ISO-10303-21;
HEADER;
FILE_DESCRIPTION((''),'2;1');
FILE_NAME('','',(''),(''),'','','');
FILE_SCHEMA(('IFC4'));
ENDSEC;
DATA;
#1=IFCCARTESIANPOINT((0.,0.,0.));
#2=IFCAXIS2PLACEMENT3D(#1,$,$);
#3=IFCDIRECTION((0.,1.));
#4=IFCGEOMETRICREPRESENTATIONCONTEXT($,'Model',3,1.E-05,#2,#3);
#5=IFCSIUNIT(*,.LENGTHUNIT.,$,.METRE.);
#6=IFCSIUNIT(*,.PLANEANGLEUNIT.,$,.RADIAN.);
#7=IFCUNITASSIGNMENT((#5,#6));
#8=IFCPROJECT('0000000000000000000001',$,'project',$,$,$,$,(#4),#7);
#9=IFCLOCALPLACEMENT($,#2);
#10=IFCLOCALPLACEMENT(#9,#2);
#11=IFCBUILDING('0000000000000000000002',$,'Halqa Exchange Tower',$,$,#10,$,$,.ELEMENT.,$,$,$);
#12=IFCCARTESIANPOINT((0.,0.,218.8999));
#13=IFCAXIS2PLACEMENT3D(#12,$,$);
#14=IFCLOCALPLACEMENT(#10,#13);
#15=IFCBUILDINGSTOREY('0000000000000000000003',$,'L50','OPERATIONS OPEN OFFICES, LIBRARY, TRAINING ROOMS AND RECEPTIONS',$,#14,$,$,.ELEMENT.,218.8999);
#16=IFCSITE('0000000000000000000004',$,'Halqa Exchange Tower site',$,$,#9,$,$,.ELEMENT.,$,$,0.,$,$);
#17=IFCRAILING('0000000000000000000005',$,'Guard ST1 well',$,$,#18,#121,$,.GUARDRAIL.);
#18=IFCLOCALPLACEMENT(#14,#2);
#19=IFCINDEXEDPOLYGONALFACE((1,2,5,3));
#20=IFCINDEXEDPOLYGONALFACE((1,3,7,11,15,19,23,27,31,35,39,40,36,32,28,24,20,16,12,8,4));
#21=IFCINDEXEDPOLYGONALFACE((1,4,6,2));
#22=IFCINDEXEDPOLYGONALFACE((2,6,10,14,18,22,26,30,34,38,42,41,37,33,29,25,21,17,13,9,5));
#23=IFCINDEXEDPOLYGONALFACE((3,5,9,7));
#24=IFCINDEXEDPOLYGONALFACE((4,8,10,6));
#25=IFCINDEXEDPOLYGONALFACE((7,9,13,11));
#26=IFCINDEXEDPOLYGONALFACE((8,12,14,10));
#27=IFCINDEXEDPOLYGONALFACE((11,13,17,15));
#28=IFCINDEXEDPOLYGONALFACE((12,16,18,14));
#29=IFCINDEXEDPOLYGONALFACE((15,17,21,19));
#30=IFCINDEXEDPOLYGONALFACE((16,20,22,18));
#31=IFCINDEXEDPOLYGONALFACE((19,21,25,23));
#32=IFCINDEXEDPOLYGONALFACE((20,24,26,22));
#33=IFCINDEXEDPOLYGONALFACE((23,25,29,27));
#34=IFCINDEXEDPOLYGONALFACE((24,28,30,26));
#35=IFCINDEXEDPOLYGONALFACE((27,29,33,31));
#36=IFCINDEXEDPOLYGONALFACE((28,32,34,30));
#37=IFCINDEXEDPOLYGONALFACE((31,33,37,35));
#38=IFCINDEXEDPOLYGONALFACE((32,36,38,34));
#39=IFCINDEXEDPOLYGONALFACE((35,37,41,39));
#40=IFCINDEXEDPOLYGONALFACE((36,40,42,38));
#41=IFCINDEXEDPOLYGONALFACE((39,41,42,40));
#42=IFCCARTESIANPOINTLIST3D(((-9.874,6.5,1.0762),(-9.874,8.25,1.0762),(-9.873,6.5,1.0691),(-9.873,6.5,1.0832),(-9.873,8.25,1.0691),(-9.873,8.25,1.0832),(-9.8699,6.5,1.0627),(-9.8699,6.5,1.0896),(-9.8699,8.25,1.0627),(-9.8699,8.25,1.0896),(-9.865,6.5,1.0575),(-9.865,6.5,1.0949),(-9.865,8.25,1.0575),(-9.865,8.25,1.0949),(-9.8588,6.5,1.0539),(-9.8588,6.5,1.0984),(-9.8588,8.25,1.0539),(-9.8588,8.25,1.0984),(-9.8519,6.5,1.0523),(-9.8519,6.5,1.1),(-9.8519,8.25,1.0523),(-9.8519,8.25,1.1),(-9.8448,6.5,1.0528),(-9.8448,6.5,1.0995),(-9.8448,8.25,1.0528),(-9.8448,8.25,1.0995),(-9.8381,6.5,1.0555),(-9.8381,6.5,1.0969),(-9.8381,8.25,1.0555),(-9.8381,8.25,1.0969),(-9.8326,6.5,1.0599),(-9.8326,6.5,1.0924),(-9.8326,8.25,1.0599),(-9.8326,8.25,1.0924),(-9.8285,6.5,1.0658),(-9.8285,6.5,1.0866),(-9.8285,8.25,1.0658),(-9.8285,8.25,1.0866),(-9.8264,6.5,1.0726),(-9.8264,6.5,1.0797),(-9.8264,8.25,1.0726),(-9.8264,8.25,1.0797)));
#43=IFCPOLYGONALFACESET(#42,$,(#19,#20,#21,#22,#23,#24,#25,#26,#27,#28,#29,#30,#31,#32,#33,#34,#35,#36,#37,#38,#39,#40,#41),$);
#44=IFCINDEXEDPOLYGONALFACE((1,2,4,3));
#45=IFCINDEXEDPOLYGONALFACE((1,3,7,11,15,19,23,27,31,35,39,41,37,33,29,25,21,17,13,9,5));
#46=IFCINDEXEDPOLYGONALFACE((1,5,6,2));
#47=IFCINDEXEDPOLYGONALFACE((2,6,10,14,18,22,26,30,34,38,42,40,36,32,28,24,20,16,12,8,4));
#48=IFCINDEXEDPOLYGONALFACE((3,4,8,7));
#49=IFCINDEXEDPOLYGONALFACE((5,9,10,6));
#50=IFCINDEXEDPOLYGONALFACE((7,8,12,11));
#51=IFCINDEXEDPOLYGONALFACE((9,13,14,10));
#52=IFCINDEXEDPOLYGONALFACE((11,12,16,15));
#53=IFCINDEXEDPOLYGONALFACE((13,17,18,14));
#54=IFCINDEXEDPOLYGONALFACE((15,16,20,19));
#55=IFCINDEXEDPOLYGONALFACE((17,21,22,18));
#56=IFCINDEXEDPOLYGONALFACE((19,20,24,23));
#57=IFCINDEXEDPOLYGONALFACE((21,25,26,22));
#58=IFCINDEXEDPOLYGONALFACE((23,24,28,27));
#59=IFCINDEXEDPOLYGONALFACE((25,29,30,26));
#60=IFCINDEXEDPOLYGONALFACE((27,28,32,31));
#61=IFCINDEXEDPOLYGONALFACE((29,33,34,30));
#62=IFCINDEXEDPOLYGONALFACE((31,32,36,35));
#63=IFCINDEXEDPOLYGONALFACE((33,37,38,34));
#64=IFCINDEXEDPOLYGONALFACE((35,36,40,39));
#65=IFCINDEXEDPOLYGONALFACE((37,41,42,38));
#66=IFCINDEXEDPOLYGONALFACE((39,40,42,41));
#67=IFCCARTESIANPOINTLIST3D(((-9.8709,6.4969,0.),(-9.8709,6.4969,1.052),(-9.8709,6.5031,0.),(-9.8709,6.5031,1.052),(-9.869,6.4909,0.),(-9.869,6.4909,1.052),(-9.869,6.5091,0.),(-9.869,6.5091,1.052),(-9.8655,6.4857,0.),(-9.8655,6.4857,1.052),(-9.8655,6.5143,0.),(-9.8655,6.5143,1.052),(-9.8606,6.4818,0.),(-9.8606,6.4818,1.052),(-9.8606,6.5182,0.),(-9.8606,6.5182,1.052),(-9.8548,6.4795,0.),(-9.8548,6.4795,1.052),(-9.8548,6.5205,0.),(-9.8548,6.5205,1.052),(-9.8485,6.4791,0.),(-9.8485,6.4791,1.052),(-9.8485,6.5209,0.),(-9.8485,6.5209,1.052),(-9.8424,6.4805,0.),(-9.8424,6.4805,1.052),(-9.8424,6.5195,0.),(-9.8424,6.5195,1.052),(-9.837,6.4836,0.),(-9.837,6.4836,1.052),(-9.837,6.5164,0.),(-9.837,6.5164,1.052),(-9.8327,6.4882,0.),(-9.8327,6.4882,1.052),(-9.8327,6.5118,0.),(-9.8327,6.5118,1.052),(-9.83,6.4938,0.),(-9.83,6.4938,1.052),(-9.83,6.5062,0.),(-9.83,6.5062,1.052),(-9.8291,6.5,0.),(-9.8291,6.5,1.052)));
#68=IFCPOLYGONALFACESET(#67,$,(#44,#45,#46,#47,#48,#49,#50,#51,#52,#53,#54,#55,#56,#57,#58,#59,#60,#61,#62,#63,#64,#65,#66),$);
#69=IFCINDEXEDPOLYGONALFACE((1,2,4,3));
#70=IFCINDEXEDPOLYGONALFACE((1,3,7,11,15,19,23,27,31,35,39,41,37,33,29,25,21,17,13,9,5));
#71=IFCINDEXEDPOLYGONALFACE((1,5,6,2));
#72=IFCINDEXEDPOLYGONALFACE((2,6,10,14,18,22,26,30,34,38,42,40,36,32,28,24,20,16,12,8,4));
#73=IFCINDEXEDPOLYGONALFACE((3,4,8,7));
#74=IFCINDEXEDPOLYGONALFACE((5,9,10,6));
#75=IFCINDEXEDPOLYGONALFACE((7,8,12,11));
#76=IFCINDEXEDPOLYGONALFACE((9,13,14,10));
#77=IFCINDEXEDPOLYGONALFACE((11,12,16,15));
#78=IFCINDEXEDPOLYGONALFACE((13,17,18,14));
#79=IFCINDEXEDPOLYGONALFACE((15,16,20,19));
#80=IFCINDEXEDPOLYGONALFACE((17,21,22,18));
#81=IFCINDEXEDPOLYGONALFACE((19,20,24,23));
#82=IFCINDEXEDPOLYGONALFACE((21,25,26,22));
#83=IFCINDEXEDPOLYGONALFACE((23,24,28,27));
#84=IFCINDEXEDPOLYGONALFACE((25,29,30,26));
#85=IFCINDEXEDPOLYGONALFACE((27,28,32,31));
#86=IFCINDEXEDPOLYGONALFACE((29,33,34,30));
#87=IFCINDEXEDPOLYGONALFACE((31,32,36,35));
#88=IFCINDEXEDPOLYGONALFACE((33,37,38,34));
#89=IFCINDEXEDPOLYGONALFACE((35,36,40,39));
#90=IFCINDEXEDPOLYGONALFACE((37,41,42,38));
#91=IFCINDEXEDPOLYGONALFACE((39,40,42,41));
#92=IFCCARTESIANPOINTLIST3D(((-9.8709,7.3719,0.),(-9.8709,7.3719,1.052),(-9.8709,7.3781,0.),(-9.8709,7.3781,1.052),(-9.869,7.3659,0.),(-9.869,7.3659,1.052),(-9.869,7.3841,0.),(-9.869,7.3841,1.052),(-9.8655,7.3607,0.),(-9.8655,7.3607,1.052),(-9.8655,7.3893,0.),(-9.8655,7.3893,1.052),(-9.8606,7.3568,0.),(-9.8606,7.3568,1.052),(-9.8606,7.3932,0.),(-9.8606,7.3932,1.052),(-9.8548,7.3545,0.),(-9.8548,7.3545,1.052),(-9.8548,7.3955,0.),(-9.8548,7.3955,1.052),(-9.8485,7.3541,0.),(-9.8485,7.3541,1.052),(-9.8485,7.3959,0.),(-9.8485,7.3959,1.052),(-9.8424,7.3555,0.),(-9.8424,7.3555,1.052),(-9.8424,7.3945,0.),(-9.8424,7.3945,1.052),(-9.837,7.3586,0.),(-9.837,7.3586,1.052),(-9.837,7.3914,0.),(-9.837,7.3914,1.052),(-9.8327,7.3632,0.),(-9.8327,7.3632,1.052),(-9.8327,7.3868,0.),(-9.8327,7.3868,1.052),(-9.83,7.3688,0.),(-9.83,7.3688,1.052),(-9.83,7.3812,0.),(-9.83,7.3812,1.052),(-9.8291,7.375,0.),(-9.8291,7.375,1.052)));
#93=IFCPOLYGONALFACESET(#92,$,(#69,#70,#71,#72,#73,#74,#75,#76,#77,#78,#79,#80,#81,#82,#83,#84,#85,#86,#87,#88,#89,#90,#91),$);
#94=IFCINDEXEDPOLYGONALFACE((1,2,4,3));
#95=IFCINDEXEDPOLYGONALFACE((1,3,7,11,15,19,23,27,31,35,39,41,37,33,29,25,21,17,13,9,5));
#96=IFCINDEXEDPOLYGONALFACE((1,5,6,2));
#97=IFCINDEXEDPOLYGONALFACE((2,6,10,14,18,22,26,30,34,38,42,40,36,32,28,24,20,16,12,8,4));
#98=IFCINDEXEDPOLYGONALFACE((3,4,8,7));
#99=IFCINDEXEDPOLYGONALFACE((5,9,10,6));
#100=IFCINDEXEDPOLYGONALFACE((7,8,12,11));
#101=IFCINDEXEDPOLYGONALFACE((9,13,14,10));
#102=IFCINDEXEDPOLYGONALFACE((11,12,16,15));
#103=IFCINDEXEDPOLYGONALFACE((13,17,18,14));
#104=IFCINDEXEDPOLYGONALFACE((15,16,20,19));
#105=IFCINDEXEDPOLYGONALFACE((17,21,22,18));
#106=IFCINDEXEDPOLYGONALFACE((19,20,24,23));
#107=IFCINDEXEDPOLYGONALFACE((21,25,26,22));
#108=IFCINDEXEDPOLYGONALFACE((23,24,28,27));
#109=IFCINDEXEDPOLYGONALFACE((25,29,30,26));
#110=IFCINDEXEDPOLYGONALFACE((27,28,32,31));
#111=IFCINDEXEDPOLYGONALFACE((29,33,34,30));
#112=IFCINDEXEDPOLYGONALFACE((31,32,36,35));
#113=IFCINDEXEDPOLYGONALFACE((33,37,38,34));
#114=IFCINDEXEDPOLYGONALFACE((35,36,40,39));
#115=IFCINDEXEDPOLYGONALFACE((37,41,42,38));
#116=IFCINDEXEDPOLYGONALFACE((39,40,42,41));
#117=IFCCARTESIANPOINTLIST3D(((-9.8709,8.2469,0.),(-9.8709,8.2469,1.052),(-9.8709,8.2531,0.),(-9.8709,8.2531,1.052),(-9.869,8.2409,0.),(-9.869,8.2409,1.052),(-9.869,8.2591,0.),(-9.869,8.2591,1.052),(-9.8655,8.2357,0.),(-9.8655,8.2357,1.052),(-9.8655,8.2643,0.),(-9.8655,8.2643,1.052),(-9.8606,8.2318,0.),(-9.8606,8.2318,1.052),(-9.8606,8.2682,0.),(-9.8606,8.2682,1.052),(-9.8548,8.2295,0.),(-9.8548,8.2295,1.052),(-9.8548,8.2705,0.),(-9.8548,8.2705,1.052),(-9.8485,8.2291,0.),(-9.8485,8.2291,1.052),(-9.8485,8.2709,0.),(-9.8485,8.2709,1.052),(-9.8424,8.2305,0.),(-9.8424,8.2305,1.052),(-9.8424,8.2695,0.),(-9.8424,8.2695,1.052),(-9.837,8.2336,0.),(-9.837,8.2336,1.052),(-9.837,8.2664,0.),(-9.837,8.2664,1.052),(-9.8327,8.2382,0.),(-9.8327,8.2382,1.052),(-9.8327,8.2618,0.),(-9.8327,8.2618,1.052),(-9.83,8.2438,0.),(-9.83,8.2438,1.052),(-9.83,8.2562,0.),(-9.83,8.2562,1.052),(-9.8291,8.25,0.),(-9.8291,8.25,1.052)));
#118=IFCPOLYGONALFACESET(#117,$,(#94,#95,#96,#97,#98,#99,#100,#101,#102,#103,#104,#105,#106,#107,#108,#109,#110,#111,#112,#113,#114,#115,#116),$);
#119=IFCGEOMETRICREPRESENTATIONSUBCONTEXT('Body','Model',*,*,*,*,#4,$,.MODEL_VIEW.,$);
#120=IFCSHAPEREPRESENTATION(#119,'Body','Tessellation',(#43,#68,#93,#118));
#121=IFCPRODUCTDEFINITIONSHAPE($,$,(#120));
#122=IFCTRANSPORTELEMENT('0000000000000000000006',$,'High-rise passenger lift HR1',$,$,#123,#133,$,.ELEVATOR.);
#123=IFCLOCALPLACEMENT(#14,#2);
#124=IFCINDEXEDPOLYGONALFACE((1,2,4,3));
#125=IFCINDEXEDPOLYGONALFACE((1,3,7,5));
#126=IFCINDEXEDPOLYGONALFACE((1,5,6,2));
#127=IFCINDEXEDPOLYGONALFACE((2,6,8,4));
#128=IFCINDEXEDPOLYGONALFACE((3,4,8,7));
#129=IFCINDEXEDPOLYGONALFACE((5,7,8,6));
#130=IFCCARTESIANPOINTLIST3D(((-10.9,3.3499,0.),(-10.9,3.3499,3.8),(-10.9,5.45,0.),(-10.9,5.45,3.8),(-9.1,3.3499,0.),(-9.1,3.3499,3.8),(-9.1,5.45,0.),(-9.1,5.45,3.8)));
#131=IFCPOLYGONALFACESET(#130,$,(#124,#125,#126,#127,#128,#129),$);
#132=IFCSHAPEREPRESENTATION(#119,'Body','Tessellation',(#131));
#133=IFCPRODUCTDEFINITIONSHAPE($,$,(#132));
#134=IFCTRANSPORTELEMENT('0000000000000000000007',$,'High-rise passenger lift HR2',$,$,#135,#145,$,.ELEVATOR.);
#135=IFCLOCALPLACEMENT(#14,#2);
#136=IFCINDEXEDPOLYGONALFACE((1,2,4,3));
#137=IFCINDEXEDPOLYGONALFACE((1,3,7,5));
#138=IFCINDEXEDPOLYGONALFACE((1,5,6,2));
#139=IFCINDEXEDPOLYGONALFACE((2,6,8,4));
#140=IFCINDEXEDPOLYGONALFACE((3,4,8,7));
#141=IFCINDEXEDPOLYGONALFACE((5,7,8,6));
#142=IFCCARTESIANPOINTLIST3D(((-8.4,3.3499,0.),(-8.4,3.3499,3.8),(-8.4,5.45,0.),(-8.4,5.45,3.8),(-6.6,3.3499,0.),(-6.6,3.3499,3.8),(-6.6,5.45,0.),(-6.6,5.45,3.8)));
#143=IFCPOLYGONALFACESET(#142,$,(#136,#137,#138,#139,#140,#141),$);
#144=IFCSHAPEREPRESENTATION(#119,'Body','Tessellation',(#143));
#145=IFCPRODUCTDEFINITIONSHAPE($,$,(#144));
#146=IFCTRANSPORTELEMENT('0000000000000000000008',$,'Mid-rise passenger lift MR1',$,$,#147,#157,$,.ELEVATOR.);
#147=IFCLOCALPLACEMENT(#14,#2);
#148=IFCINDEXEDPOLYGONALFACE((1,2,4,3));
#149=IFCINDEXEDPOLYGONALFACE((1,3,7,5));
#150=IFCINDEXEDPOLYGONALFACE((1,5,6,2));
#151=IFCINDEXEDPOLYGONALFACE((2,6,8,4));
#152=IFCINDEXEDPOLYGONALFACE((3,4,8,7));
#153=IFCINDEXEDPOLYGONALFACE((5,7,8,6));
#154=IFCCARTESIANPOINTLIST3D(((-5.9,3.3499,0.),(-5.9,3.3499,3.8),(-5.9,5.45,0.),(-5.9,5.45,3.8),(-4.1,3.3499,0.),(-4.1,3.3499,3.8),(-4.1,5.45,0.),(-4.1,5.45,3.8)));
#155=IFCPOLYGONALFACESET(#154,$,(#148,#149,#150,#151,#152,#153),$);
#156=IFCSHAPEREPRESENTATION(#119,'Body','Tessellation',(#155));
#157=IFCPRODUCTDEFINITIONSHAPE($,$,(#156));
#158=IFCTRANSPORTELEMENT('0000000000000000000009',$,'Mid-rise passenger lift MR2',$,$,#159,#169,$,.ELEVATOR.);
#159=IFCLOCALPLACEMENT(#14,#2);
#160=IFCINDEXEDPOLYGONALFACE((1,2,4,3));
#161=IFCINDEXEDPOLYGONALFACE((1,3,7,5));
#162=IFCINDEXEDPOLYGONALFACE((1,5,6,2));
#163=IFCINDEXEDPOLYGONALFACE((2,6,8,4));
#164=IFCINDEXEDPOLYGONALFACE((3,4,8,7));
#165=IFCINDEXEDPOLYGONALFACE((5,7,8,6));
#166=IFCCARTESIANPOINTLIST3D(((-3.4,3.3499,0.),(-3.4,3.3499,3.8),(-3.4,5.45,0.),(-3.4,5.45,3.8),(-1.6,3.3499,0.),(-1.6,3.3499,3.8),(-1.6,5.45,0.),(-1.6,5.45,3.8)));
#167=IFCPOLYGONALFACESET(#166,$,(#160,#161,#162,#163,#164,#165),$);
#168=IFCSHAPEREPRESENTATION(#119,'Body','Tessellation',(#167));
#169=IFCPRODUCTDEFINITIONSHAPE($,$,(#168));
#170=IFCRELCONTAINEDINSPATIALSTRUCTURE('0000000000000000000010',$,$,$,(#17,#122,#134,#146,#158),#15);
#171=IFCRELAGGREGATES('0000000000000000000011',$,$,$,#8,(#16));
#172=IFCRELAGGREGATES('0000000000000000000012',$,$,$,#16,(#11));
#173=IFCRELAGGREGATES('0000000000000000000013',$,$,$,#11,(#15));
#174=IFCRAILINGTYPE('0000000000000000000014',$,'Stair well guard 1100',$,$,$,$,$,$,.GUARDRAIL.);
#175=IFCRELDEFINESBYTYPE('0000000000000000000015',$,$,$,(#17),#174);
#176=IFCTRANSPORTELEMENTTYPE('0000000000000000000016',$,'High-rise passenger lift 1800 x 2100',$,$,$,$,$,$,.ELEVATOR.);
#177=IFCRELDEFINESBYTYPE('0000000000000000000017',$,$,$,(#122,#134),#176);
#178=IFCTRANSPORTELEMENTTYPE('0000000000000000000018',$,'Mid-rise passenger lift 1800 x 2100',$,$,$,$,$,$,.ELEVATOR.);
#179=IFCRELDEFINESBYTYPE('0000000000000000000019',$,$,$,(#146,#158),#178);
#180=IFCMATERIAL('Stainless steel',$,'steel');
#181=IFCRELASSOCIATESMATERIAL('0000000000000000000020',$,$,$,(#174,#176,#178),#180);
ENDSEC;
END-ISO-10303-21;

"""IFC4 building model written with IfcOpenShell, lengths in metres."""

from ifc_helpers import new_model, si_unit, direction, frame, origin, origin_2d, place, context, subcontext, project, spatial, rectangle, circle, extrude, material, type_object, element, save


model = new_model("IFC4")

# Units and contexts
model_context = context("Model", 3, precision=1e-05, world=origin(), true_north=direction((0.0, 1.0)))
body_context = subcontext(model_context, "Body", "Model", "MODEL_VIEW")
ifc_project = project(units=[si_unit("LENGTHUNIT", "METRE"), si_unit("PLANEANGLEUNIT", "RADIAN")], contexts=[model_context])

# Site, building, storey
site_placement = place(None, origin())
site = spatial("IfcSite", under=ifc_project, at=site_placement, Name="Halqa Exchange Tower site", CompositionType="ELEMENT", RefElevation=0.0)
building_placement = place(site_placement, origin())
building = spatial("IfcBuilding", under=site, at=building_placement, Name="Halqa Exchange Tower", CompositionType="ELEMENT")
storey_placement = place(building_placement, frame((0.0, 0.0, 218.8999)))
storey = spatial("IfcBuildingStorey", under=building, at=storey_placement, Name="L50", Description="OPERATIONS OPEN OFFICES, LIBRARY, TRAINING ROOMS AND RECEPTIONS", CompositionType="ELEMENT", Elevation=218.8999)

# Shared definitions
ifc_material_1 = material(Name="Stainless steel", Category="steel")

# Railing
railing_type_1 = type_object("IfcRailingType", Name="Stair well guard 1100", PredefinedType="GUARDRAIL", material=ifc_material_1)
railing_1_placement = place(storey_placement, frame((-9.8501, 6.5, 0.0)))
element("IfcRailing", 1, at=railing_1_placement, inside=storey, type_object=railing_type_1, Name="Guard ST1 well", PredefinedType="GUARDRAIL", context=body_context, shape_type="SweptSolid", body=[
    extrude(circle(Radius=0.0239, at=origin_2d()), frame((0.0, 0.0, 1.0762), z_axis=(0.0, 1.0, 0.0), x_axis=(-1.0, 0.0, 0.0)), (0.0, 0.0, 1.0), 1.75),
    extrude(circle(Radius=0.021, at=origin_2d()), origin(), (0.0, 0.0, 1.0), 1.052),
    extrude(circle(Radius=0.021, at=origin_2d()), frame((0.0, 0.875, 0.0)), (0.0, 0.0, 1.0), 1.052),
    extrude(circle(Radius=0.021, at=origin_2d()), frame((0.0, 1.75, 0.0)), (0.0, 0.0, 1.0), 1.052),
])

# Transport elements
transport_element_type_1 = type_object("IfcTransportElementType", Name="High-rise passenger lift 1800 x 2100", PredefinedType="ELEVATOR", material=ifc_material_1)
for number, where, z_axis, x_axis, name in (
    (2, (-10.0, 4.3999, 0.0), (0.0, 0.0, 1.0), (1.0, 0.0, 0.0), "High-rise passenger lift HR1"),
    (3, (-7.5, 4.3999, 0.0), (0.0, 0.0, 1.0), (1.0, 0.0, 0.0), "High-rise passenger lift HR2"),
):
    element("IfcTransportElement", number, at=place(storey_placement, frame(where, z_axis=z_axis, x_axis=x_axis)), inside=storey, type_object=transport_element_type_1, Name=name, PredefinedType="ELEVATOR", context=body_context, shape_type="SweptSolid", body=[
        extrude(rectangle(XDim=1.8, YDim=2.1001, at=origin_2d()), origin(), (0.0, 0.0, 1.0), 3.8),
    ])
transport_element_type_2 = type_object("IfcTransportElementType", Name="Mid-rise passenger lift 1800 x 2100", PredefinedType="ELEVATOR", material=ifc_material_1)
for number, where, z_axis, x_axis, name in (
    (4, (-5.0, 4.3999, 0.0), (0.0, 0.0, 1.0), (1.0, 0.0, 0.0), "Mid-rise passenger lift MR1"),
    (5, (-2.5, 4.3999, 0.0), (0.0, 0.0, 1.0), (1.0, 0.0, 0.0), "Mid-rise passenger lift MR2"),
):
    element("IfcTransportElement", number, at=place(storey_placement, frame(where, z_axis=z_axis, x_axis=x_axis)), inside=storey, type_object=transport_element_type_2, Name=name, PredefinedType="ELEVATOR", context=body_context, shape_type="SweptSolid", body=[
        extrude(rectangle(XDim=1.8, YDim=2.1001, at=origin_2d()), origin(), (0.0, 0.0, 1.0), 3.8),
    ])

save(model, "model.ifc")
